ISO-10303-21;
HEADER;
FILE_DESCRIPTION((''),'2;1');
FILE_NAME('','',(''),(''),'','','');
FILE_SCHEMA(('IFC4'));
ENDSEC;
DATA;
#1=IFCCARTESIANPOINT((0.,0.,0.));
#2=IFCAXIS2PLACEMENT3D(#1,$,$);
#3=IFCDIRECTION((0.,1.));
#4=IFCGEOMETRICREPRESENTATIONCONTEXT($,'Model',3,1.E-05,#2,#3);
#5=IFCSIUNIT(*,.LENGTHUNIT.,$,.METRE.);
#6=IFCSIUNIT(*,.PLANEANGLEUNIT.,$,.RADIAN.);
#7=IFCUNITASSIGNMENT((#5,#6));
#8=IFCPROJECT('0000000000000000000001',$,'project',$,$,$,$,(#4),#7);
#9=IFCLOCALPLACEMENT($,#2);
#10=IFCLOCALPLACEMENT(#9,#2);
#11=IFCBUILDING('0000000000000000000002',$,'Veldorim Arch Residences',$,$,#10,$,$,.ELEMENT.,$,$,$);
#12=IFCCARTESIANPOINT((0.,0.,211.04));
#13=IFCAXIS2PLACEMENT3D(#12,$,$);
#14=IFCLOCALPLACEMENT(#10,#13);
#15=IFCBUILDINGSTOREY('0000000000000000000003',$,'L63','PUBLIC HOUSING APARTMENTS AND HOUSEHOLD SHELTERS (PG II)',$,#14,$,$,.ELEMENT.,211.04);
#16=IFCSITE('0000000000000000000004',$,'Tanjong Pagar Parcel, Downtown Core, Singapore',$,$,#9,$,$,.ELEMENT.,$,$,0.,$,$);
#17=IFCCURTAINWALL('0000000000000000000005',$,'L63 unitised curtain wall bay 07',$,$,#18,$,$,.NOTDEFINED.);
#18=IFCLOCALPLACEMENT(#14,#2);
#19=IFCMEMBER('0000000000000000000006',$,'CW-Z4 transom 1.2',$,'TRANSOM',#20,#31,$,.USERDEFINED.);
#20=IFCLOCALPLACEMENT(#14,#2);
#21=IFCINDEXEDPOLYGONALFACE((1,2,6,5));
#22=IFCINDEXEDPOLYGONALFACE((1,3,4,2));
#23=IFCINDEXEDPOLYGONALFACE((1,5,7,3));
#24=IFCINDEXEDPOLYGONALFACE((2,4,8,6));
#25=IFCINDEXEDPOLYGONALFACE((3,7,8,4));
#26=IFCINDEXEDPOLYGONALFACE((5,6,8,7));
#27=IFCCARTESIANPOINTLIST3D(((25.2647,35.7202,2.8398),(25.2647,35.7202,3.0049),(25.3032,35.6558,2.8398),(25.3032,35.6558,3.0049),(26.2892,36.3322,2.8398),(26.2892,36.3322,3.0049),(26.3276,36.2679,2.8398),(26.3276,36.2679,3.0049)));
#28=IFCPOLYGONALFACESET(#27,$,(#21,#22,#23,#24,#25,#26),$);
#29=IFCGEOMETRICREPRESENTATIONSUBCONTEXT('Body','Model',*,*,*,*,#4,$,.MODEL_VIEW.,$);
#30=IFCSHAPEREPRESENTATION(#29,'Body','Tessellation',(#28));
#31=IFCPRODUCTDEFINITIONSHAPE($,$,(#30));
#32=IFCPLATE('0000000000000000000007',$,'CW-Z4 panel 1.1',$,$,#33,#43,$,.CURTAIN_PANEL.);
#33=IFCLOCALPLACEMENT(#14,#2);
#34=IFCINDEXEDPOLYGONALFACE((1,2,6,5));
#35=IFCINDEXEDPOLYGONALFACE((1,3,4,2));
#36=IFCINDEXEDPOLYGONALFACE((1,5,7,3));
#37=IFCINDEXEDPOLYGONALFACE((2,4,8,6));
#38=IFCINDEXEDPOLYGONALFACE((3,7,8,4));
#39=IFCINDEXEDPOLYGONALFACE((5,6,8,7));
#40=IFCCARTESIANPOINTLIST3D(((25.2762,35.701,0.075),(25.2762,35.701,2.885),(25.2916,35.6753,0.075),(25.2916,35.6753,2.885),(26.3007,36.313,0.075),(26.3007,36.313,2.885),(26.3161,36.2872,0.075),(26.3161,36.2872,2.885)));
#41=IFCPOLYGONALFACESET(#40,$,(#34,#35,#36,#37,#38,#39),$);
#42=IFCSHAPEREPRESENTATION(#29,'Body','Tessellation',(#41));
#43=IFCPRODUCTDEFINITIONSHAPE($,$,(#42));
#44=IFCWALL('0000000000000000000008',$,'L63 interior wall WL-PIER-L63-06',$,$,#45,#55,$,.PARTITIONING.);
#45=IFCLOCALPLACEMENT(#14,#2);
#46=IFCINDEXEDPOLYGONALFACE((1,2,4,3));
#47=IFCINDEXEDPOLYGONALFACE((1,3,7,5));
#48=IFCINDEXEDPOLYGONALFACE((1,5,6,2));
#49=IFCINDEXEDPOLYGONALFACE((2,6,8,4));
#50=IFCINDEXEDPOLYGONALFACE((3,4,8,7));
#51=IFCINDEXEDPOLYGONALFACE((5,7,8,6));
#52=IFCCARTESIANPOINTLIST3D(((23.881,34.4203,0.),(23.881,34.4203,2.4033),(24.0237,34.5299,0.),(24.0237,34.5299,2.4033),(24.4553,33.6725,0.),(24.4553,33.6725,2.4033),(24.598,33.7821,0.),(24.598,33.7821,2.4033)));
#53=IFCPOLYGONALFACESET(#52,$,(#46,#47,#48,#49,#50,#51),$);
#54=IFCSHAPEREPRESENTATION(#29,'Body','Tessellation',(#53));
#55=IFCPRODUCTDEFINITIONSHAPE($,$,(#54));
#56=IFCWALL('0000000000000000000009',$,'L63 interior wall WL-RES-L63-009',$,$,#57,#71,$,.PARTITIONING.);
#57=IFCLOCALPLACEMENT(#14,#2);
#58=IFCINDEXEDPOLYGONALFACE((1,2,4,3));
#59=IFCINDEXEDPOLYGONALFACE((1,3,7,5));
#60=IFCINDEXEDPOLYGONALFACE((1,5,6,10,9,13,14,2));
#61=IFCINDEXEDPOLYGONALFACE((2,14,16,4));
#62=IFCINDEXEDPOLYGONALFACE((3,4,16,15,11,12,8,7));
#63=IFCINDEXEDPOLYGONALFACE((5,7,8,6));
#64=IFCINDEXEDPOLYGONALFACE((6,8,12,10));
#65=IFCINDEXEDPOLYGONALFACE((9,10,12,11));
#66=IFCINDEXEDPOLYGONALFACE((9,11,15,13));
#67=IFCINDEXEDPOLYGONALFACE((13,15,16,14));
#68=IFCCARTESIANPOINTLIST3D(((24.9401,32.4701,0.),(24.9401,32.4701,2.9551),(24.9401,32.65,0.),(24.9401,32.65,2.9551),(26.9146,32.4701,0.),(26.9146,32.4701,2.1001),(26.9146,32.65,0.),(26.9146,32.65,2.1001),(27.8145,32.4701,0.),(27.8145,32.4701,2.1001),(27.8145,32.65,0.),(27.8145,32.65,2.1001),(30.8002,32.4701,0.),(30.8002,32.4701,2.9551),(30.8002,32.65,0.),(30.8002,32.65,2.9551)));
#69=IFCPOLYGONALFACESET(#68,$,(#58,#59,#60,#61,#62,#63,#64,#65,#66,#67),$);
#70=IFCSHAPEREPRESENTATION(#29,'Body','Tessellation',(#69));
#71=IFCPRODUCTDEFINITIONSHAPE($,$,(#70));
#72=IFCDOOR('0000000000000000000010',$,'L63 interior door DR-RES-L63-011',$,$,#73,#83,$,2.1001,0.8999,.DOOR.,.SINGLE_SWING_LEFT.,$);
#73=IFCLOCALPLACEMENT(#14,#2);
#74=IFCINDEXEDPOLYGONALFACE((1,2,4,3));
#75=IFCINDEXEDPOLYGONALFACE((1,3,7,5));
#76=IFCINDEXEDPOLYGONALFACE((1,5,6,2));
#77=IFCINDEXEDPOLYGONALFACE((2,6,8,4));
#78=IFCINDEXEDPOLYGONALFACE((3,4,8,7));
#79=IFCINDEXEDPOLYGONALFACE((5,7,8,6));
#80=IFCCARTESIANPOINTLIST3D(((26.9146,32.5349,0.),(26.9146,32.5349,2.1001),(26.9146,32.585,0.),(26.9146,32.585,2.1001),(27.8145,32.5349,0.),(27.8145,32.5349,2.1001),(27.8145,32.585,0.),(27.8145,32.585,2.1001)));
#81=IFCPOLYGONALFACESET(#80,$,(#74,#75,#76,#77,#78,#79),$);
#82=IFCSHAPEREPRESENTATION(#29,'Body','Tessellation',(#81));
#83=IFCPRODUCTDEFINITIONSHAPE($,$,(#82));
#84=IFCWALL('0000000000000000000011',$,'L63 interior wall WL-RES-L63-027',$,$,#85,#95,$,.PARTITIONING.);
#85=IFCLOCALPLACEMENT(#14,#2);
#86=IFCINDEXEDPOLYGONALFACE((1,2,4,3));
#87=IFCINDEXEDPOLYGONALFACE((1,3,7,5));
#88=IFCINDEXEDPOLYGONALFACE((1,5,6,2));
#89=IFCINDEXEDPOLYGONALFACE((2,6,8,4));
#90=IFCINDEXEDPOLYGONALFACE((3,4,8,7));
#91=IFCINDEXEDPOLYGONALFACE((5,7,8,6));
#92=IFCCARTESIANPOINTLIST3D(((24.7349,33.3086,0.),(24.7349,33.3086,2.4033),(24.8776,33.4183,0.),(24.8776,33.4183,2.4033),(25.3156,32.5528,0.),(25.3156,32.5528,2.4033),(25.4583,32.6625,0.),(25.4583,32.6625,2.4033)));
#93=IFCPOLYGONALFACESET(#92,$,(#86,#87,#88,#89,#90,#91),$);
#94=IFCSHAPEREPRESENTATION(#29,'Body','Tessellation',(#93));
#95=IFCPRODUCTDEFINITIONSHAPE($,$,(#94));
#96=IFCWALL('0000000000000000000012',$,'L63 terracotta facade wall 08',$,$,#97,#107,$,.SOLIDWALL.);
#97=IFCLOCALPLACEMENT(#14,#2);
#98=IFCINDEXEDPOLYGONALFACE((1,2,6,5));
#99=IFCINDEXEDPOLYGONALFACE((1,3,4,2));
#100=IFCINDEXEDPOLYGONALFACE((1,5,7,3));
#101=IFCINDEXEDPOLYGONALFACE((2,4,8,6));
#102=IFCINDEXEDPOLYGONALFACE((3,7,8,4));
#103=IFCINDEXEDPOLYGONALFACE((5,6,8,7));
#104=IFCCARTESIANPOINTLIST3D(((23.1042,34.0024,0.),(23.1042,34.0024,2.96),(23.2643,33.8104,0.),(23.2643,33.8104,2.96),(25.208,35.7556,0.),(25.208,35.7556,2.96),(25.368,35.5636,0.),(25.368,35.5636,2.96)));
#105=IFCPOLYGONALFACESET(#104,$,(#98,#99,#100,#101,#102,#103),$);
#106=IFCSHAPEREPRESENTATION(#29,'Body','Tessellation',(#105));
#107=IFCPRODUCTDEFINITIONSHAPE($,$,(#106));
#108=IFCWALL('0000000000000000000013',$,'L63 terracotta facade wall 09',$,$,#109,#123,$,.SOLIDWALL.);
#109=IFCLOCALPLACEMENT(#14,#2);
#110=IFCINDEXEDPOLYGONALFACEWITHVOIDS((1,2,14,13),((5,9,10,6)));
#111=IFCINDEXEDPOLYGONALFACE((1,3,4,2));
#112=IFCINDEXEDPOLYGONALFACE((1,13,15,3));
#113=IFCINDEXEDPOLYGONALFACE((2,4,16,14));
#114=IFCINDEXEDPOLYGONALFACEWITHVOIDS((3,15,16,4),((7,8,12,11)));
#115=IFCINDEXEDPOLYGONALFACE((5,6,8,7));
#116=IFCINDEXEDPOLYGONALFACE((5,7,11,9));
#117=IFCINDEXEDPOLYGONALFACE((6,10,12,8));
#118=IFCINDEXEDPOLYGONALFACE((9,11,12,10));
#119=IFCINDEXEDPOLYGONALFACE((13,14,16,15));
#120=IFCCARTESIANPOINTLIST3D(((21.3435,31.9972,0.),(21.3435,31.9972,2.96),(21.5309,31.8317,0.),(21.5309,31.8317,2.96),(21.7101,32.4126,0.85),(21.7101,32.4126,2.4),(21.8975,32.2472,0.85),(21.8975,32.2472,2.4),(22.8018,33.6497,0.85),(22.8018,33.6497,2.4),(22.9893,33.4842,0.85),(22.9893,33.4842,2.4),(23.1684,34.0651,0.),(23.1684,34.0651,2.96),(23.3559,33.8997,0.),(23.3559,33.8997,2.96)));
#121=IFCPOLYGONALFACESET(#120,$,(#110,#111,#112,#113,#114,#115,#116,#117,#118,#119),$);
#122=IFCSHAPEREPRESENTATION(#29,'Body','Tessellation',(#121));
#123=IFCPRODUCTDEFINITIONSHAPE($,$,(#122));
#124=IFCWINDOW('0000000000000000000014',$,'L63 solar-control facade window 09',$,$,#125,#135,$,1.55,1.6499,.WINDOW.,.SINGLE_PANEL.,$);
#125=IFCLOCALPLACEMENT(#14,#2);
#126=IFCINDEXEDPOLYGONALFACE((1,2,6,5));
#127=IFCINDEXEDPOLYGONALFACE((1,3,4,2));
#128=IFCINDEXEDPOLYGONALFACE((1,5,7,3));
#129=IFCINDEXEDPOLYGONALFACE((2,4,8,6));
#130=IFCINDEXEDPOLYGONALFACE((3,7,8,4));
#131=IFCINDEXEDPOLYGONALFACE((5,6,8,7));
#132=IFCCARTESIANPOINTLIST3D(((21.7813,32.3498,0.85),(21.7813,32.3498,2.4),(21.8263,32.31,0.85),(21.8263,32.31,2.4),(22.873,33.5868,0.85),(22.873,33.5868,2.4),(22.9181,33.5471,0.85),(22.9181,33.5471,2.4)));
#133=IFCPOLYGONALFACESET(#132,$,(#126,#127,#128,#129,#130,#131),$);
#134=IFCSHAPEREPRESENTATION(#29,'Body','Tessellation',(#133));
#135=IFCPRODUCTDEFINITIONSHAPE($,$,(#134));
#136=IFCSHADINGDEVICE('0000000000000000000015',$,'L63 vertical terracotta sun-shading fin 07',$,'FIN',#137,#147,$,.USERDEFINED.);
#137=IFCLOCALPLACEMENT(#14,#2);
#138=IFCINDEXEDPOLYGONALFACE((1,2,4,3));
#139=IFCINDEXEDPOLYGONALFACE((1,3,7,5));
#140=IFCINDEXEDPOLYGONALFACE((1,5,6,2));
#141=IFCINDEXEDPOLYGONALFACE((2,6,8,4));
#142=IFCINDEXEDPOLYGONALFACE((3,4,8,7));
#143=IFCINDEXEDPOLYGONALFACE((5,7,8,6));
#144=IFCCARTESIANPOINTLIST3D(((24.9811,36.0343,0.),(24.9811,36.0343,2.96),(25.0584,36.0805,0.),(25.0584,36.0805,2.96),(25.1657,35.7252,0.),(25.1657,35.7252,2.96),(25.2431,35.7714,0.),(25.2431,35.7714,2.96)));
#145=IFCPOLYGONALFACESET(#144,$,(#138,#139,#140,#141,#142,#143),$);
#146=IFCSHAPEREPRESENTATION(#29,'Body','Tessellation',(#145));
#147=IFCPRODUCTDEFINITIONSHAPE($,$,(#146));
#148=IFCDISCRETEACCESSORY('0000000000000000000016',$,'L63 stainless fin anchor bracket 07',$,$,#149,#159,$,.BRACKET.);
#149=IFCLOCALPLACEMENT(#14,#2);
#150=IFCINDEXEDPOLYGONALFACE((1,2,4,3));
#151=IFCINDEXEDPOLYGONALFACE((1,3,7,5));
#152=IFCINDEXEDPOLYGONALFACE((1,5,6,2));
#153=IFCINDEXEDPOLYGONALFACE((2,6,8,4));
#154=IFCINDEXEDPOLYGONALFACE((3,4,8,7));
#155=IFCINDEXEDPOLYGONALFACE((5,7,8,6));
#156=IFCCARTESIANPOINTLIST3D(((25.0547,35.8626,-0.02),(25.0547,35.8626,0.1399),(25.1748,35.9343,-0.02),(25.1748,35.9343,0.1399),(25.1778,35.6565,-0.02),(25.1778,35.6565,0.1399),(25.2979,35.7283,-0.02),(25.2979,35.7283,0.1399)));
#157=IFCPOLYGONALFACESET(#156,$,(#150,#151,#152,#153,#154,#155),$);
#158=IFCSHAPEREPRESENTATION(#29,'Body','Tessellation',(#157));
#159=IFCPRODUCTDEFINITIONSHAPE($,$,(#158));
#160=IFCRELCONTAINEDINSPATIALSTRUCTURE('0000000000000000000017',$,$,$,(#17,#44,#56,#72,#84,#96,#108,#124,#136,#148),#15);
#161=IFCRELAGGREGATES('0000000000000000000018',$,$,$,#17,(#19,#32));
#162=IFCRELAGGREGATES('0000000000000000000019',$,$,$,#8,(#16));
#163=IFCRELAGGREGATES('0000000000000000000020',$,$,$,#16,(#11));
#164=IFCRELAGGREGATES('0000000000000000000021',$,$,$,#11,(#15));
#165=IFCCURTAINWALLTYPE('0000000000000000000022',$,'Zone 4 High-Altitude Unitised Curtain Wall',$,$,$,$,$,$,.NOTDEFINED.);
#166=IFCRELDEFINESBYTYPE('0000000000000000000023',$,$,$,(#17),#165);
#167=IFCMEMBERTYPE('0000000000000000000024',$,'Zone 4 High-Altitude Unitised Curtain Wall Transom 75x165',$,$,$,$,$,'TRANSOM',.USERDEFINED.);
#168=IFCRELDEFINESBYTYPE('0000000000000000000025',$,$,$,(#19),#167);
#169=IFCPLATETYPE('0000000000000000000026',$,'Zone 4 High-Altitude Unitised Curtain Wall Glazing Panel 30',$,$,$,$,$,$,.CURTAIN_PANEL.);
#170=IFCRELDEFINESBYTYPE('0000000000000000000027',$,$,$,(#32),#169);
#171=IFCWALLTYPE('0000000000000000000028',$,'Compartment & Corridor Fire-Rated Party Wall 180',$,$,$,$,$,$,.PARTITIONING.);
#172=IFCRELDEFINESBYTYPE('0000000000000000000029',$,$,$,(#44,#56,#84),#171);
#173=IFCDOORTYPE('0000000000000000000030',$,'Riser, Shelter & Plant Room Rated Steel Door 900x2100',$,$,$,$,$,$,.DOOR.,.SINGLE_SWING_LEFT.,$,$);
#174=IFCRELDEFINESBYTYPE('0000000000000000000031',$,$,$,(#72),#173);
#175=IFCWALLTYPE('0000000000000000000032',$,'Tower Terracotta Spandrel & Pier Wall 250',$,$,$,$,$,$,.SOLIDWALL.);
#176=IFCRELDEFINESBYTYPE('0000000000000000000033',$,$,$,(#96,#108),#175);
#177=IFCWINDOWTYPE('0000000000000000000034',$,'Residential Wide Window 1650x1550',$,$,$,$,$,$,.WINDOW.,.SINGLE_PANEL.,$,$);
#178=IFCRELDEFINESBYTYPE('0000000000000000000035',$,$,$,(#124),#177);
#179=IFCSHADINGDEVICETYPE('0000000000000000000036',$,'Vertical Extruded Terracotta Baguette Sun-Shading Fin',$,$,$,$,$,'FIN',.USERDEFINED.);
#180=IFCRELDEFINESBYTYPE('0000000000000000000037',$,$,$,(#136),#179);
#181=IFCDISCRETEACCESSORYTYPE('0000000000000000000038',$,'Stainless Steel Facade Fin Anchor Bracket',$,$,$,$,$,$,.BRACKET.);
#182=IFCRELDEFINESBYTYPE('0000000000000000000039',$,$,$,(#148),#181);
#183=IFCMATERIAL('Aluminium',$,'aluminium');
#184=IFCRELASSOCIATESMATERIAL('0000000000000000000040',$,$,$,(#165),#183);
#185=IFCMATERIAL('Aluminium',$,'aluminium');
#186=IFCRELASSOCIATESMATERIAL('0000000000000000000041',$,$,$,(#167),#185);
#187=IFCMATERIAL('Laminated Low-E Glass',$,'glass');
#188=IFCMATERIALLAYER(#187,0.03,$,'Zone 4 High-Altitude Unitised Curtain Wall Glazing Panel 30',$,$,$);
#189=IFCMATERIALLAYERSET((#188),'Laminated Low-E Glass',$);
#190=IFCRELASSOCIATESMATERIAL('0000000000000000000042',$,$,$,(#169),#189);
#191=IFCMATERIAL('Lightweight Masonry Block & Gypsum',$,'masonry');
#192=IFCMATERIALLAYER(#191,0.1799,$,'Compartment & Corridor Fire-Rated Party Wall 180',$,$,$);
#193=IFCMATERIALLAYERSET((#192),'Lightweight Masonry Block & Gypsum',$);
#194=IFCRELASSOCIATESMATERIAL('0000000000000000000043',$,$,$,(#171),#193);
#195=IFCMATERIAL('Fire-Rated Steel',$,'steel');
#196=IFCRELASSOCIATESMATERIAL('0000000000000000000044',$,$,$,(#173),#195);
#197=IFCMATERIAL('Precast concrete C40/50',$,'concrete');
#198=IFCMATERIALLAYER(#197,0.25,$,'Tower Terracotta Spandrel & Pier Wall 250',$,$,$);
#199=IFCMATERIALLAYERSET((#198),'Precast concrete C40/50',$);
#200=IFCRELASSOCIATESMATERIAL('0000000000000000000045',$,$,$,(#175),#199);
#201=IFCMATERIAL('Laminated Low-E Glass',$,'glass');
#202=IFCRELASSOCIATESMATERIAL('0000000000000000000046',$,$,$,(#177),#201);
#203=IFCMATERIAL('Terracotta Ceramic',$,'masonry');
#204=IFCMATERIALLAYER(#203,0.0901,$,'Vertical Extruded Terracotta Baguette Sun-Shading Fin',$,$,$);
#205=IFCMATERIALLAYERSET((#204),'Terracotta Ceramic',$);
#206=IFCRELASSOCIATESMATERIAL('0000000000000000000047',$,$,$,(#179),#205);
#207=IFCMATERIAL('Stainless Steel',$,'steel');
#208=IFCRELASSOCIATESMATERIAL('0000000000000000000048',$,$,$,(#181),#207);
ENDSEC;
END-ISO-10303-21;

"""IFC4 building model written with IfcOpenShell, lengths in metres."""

from ifc_helpers import new_model, si_unit, direction, frame, frame_2d, origin, origin_2d, place, context, subcontext, project, spatial, rectangle, extrude, material, layer, layer_set, material_profile, profile_set, type_object, element, fill, aggregate, save


model = new_model("IFC4")

# Units and contexts
model_context = context("Model", 3, precision=1e-05, world=origin(), true_north=direction((0.0, 1.0)))
body_context = subcontext(model_context, "Body", "Model", "MODEL_VIEW")
ifc_project = project(units=[si_unit("LENGTHUNIT", "METRE"), si_unit("PLANEANGLEUNIT", "RADIAN")], contexts=[model_context])

# Site, building, storey
site_placement = place(None, origin())
site = spatial("IfcSite", under=ifc_project, at=site_placement, Name="Tanjong Pagar Parcel, Downtown Core, Singapore", CompositionType="ELEMENT", RefElevation=0.0)
building_placement = place(site_placement, origin())
building = spatial("IfcBuilding", under=site, at=building_placement, Name="Veldorim Arch Residences", CompositionType="ELEMENT")
storey_placement = place(building_placement, frame((0.0, 0.0, 211.04)))
storey = spatial("IfcBuildingStorey", under=building, at=storey_placement, Name="L63", Description="PUBLIC HOUSING APARTMENTS AND HOUSEHOLD SHELTERS (PG II)", CompositionType="ELEMENT", Elevation=211.04)

# Curtain wall, member, plate
ifc_material_1 = material(Name="Aluminium", Category="aluminium")
curtain_wall_type = type_object("IfcCurtainWallType", Name="Zone 4 High-Altitude Unitised Curtain Wall", PredefinedType="NOTDEFINED", material=ifc_material_1)
curtain_wall_placement = place(storey_placement, origin())
curtain_wall = element("IfcCurtainWall", 1, at=curtain_wall_placement, inside=storey, type_object=curtain_wall_type, Name="L63 unitised curtain wall bay 07", PredefinedType="NOTDEFINED")
ifc_material_2 = material(Name="Aluminium", Category="aluminium")
ifc_material_profile_1 = material_profile(ifc_material_2, rectangle(XDim=0.075, YDim=0.165, at=origin_2d()), Name="ALU_TRN_75x165")
ifc_profile_set_1 = profile_set([ifc_material_profile_1], Name="Aluminium")
member_type_1 = type_object("IfcMemberType", Name="Zone 4 High-Altitude Unitised Curtain Wall Transom 75x165", ElementType="TRANSOM", PredefinedType="USERDEFINED", material=ifc_profile_set_1)
member_1_placement = place(storey_placement, frame((25.2839, 35.688, 2.9224), z_axis=(0.858448, 0.5129, 0.0), x_axis=(-0.5129, 0.858448, 0.0)))
member_1 = element("IfcMember", 2, at=member_1_placement, type_object=member_type_1, Name="CW-Z4 transom 1.2", ObjectType="TRANSOM", PredefinedType="USERDEFINED", context=body_context, shape_type="SweptSolid", body=[
    extrude(rectangle(XDim=0.075, YDim=0.165, at=origin_2d()), origin(), (0.0, 0.0, 1.0), 1.1934),
])
ifc_material_3 = material(Name="Laminated Low-E Glass", Category="glass")
ifc_layer_1 = layer(ifc_material_3, 0.03, Name="Zone 4 High-Altitude Unitised Curtain Wall Glazing Panel 30")
ifc_layer_set_1 = layer_set([ifc_layer_1], Name="Laminated Low-E Glass")
plate_type = type_object("IfcPlateType", Name="Zone 4 High-Altitude Unitised Curtain Wall Glazing Panel 30", PredefinedType="CURTAIN_PANEL", material=ifc_layer_set_1)
plate_placement = place(storey_placement, frame((25.7961, 35.9941, 0.075), z_axis=(0.0, 0.0, 1.0), x_axis=(0.858498, 0.512817, 0.0)))
plate = element("IfcPlate", 3, at=plate_placement, type_object=plate_type, Name="CW-Z4 panel 1.1", PredefinedType="CURTAIN_PANEL", context=body_context, shape_type="SweptSolid", body=[
    extrude(rectangle(XDim=1.1934, YDim=0.03, at=origin_2d()), origin(), (0.0, 0.0, 1.0), 2.8101),
])
aggregate(curtain_wall, [member_1, plate])

# Wall
ifc_material_4 = material(Name="Lightweight Masonry Block & Gypsum", Category="masonry")
ifc_layer_2 = layer(ifc_material_4, 0.1799, Name="Compartment & Corridor Fire-Rated Party Wall 180")
ifc_layer_set_2 = layer_set([ifc_layer_2], Name="Lightweight Masonry Block & Gypsum")
wall_type_1 = type_object("IfcWallType", Name="Compartment & Corridor Fire-Rated Party Wall 180", PredefinedType="PARTITIONING", material=ifc_layer_set_2)
wall_1_placement = place(storey_placement, frame((24.5266, 33.7273, 0.0), z_axis=(0.0, 0.0, 1.0), x_axis=(-0.609035, 0.793144, 0.0)))
element("IfcWall", 4, at=wall_1_placement, inside=storey, type_object=wall_type_1, Name="L63 interior wall WL-PIER-L63-06", PredefinedType="PARTITIONING", context=body_context, shape_type="SweptSolid", body=[
    extrude(rectangle(XDim=0.9429, YDim=0.1799, at=frame_2d((0.4714, 0.0))), origin(), (0.0, 0.0, 1.0), 2.4033),
])

# Wall, opening, door
wall_2_placement = place(storey_placement, frame((24.9399, 32.5601, 0.0), z_axis=(0.0, 0.0, 1.0), x_axis=(1.0, 0.0, 0.0)))
wall_2 = element("IfcWall", 5, at=wall_2_placement, inside=storey, type_object=wall_type_1, Name="L63 interior wall WL-RES-L63-009", PredefinedType="PARTITIONING", context=body_context, shape_type="SweptSolid", body=[
    extrude(rectangle(XDim=5.8601, YDim=0.1799, at=frame_2d((2.9302, 0.0))), origin(), (0.0, 0.0, 1.0), 2.9551),
])
opening_1_placement = place(wall_2_placement, frame((1.9746, 0.0, 0.0)))
opening_1 = element("IfcOpeningElement", 6, at=opening_1_placement, cuts=wall_2, PredefinedType="OPENING", context=body_context, shape_type="SweptSolid", body=[
    extrude(rectangle(XDim=0.8999, YDim=2.1001, at=frame_2d((0.45, 1.05))), frame((0.0, 0.0999, 0.0), z_axis=(0.0, -1.0, 0.0), x_axis=(1.0, 0.0, 0.0)), (0.0, 0.0, 1.0), 0.2),
])
ifc_material_5 = material(Name="Fire-Rated Steel", Category="steel")
door_type_1 = type_object("IfcDoorType", Name="Riser, Shelter & Plant Room Rated Steel Door 900x2100", OperationType="SINGLE_SWING_LEFT", PredefinedType="DOOR", material=ifc_material_5)
door_1_placement = place(opening_1_placement, origin())
door_1 = element("IfcDoor", 7, at=door_1_placement, inside=storey, type_object=door_type_1, Name="L63 interior door DR-RES-L63-011", OperationType="SINGLE_SWING_LEFT", OverallHeight=2.1001, OverallWidth=0.8999, PredefinedType="DOOR", context=body_context, shape_type="SweptSolid", body=[
    extrude(rectangle(XDim=0.8999, YDim=2.1001, at=frame_2d((0.45, 1.05))), frame((0.0, 0.0249, 0.0), z_axis=(0.0, -1.0, 0.0), x_axis=(1.0, 0.0, 0.0)), (0.0, 0.0, 1.0), 0.05),
])
fill(opening_1, door_1)

# Walls
wall_3_placement = place(storey_placement, frame((25.387, 32.6077, 0.0), z_axis=(0.0, 0.0, 1.0), x_axis=(-0.609302, 0.792938, 0.0)))
element("IfcWall", 8, at=wall_3_placement, inside=storey, type_object=wall_type_1, Name="L63 interior wall WL-RES-L63-027", PredefinedType="PARTITIONING", context=body_context, shape_type="SweptSolid", body=[
    extrude(rectangle(XDim=0.9531, YDim=0.1799, at=frame_2d((0.4766, 0.0))), origin(), (0.0, 0.0, 1.0), 2.4033),
])
ifc_material_6 = material(Name="Precast concrete C40/50", Category="concrete")
ifc_layer_3 = layer(ifc_material_6, 0.25, Name="Tower Terracotta Spandrel & Pier Wall 250")
ifc_layer_set_3 = layer_set([ifc_layer_3], Name="Precast concrete C40/50")
wall_type_2 = type_object("IfcWallType", Name="Tower Terracotta Spandrel & Pier Wall 250", PredefinedType="SOLIDWALL", material=ifc_layer_set_3)
wall_4_placement = place(storey_placement, frame((23.1843, 33.9065, 0.0), z_axis=(0.0, 0.0, 1.0), x_axis=(0.768214, 0.640193, 0.0)))
element("IfcWall", 9, at=wall_4_placement, inside=storey, type_object=wall_type_2, Name="L63 terracotta facade wall 08", PredefinedType="SOLIDWALL", context=body_context, shape_type="SweptSolid", body=[
    extrude(rectangle(XDim=2.7385, YDim=0.25, at=frame_2d((1.3691, 0.0))), origin(), (0.0, 0.0, 1.0), 2.96),
])

# Wall, opening, window
wall_5_placement = place(storey_placement, frame((21.4373, 31.9146, 0.0), z_axis=(0.0, 0.0, 1.0), x_axis=(0.661695, 0.749773, 0.0)))
wall_5 = element("IfcWall", 10, at=wall_5_placement, inside=storey, type_object=wall_type_2, Name="L63 terracotta facade wall 09", PredefinedType="SOLIDWALL", context=body_context, shape_type="SweptSolid", body=[
    extrude(rectangle(XDim=2.7581, YDim=0.25, at=frame_2d((1.3789, 0.0))), origin(), (0.0, 0.0, 1.0), 2.96),
])
opening_2_placement = place(wall_5_placement, frame((0.554, 0.0, 0.8501)))
opening_2 = element("IfcOpeningElement", 11, at=opening_2_placement, cuts=wall_5, PredefinedType="OPENING", context=body_context, shape_type="SweptSolid", body=[
    extrude(rectangle(XDim=1.6499, YDim=1.55, at=frame_2d((0.825, 0.7749))), frame((0.0, 0.135, 0.0), z_axis=(0.0, -1.0, 0.0), x_axis=(1.0, 0.0, 0.0)), (0.0, 0.0, 1.0), 0.27),
])
ifc_material_7 = material(Name="Laminated Low-E Glass", Category="glass")
window_type = type_object("IfcWindowType", Name="Residential Wide Window 1650x1550", PartitioningType="SINGLE_PANEL", PredefinedType="WINDOW", material=ifc_material_7)
window_placement = place(opening_2_placement, origin())
window = element("IfcWindow", 12, at=window_placement, inside=storey, type_object=window_type, Name="L63 solar-control facade window 09", OverallHeight=1.55, OverallWidth=1.6499, PartitioningType="SINGLE_PANEL", PredefinedType="WINDOW", context=body_context, shape_type="SweptSolid", body=[
    extrude(rectangle(XDim=1.6499, YDim=1.55, at=frame_2d((0.825, 0.7749))), frame((0.0, 0.03, 0.0), z_axis=(0.0, -1.0, 0.0), x_axis=(1.0, 0.0, 0.0)), (0.0, 0.0, 1.0), 0.0601),
])
fill(opening_2, window)

# Shading device
ifc_material_8 = material(Name="Terracotta Ceramic", Category="masonry")
ifc_layer_4 = layer(ifc_material_8, 0.0901, Name="Vertical Extruded Terracotta Baguette Sun-Shading Fin")
ifc_layer_set_4 = layer_set([ifc_layer_4], Name="Terracotta Ceramic")
shading_device_type = type_object("IfcShadingDeviceType", Name="Vertical Extruded Terracotta Baguette Sun-Shading Fin", ElementType="FIN", PredefinedType="USERDEFINED", material=ifc_layer_set_4)
shading_device_placement = place(storey_placement, frame((25.1121, 35.9028, 0.0), z_axis=(0.0, 0.0, 1.0), x_axis=(0.858513, 0.512792, 0.0)))
element("IfcShadingDevice", 13, at=shading_device_placement, inside=storey, type_object=shading_device_type, Name="L63 vertical terracotta sun-shading fin 07", ObjectType="FIN", PredefinedType="USERDEFINED", context=body_context, shape_type="SweptSolid", body=[
    extrude(rectangle(XDim=0.0901, YDim=0.3601, at=origin_2d()), origin(), (0.0, 0.0, 1.0), 2.96),
])

# Discrete accessory
ifc_material_9 = material(Name="Stainless Steel", Category="steel")
discrete_accessory_type = type_object("IfcDiscreteAccessoryType", Name="Stainless Steel Facade Fin Anchor Bracket", PredefinedType="BRACKET", material=ifc_material_9)
discrete_accessory_placement = place(storey_placement, frame((25.1763, 35.7954, -0.02), z_axis=(0.0, 0.0, 1.0), x_axis=(0.858513, 0.512792, 0.0)))
element("IfcDiscreteAccessory", 14, at=discrete_accessory_placement, inside=storey, type_object=discrete_accessory_type, Name="L63 stainless fin anchor bracket 07", PredefinedType="BRACKET", context=body_context, shape_type="SweptSolid", body=[
    extrude(rectangle(XDim=0.1399, YDim=0.24, at=origin_2d()), origin(), (0.0, 0.0, 1.0), 0.1599),
])

save(model, "model.ifc")
